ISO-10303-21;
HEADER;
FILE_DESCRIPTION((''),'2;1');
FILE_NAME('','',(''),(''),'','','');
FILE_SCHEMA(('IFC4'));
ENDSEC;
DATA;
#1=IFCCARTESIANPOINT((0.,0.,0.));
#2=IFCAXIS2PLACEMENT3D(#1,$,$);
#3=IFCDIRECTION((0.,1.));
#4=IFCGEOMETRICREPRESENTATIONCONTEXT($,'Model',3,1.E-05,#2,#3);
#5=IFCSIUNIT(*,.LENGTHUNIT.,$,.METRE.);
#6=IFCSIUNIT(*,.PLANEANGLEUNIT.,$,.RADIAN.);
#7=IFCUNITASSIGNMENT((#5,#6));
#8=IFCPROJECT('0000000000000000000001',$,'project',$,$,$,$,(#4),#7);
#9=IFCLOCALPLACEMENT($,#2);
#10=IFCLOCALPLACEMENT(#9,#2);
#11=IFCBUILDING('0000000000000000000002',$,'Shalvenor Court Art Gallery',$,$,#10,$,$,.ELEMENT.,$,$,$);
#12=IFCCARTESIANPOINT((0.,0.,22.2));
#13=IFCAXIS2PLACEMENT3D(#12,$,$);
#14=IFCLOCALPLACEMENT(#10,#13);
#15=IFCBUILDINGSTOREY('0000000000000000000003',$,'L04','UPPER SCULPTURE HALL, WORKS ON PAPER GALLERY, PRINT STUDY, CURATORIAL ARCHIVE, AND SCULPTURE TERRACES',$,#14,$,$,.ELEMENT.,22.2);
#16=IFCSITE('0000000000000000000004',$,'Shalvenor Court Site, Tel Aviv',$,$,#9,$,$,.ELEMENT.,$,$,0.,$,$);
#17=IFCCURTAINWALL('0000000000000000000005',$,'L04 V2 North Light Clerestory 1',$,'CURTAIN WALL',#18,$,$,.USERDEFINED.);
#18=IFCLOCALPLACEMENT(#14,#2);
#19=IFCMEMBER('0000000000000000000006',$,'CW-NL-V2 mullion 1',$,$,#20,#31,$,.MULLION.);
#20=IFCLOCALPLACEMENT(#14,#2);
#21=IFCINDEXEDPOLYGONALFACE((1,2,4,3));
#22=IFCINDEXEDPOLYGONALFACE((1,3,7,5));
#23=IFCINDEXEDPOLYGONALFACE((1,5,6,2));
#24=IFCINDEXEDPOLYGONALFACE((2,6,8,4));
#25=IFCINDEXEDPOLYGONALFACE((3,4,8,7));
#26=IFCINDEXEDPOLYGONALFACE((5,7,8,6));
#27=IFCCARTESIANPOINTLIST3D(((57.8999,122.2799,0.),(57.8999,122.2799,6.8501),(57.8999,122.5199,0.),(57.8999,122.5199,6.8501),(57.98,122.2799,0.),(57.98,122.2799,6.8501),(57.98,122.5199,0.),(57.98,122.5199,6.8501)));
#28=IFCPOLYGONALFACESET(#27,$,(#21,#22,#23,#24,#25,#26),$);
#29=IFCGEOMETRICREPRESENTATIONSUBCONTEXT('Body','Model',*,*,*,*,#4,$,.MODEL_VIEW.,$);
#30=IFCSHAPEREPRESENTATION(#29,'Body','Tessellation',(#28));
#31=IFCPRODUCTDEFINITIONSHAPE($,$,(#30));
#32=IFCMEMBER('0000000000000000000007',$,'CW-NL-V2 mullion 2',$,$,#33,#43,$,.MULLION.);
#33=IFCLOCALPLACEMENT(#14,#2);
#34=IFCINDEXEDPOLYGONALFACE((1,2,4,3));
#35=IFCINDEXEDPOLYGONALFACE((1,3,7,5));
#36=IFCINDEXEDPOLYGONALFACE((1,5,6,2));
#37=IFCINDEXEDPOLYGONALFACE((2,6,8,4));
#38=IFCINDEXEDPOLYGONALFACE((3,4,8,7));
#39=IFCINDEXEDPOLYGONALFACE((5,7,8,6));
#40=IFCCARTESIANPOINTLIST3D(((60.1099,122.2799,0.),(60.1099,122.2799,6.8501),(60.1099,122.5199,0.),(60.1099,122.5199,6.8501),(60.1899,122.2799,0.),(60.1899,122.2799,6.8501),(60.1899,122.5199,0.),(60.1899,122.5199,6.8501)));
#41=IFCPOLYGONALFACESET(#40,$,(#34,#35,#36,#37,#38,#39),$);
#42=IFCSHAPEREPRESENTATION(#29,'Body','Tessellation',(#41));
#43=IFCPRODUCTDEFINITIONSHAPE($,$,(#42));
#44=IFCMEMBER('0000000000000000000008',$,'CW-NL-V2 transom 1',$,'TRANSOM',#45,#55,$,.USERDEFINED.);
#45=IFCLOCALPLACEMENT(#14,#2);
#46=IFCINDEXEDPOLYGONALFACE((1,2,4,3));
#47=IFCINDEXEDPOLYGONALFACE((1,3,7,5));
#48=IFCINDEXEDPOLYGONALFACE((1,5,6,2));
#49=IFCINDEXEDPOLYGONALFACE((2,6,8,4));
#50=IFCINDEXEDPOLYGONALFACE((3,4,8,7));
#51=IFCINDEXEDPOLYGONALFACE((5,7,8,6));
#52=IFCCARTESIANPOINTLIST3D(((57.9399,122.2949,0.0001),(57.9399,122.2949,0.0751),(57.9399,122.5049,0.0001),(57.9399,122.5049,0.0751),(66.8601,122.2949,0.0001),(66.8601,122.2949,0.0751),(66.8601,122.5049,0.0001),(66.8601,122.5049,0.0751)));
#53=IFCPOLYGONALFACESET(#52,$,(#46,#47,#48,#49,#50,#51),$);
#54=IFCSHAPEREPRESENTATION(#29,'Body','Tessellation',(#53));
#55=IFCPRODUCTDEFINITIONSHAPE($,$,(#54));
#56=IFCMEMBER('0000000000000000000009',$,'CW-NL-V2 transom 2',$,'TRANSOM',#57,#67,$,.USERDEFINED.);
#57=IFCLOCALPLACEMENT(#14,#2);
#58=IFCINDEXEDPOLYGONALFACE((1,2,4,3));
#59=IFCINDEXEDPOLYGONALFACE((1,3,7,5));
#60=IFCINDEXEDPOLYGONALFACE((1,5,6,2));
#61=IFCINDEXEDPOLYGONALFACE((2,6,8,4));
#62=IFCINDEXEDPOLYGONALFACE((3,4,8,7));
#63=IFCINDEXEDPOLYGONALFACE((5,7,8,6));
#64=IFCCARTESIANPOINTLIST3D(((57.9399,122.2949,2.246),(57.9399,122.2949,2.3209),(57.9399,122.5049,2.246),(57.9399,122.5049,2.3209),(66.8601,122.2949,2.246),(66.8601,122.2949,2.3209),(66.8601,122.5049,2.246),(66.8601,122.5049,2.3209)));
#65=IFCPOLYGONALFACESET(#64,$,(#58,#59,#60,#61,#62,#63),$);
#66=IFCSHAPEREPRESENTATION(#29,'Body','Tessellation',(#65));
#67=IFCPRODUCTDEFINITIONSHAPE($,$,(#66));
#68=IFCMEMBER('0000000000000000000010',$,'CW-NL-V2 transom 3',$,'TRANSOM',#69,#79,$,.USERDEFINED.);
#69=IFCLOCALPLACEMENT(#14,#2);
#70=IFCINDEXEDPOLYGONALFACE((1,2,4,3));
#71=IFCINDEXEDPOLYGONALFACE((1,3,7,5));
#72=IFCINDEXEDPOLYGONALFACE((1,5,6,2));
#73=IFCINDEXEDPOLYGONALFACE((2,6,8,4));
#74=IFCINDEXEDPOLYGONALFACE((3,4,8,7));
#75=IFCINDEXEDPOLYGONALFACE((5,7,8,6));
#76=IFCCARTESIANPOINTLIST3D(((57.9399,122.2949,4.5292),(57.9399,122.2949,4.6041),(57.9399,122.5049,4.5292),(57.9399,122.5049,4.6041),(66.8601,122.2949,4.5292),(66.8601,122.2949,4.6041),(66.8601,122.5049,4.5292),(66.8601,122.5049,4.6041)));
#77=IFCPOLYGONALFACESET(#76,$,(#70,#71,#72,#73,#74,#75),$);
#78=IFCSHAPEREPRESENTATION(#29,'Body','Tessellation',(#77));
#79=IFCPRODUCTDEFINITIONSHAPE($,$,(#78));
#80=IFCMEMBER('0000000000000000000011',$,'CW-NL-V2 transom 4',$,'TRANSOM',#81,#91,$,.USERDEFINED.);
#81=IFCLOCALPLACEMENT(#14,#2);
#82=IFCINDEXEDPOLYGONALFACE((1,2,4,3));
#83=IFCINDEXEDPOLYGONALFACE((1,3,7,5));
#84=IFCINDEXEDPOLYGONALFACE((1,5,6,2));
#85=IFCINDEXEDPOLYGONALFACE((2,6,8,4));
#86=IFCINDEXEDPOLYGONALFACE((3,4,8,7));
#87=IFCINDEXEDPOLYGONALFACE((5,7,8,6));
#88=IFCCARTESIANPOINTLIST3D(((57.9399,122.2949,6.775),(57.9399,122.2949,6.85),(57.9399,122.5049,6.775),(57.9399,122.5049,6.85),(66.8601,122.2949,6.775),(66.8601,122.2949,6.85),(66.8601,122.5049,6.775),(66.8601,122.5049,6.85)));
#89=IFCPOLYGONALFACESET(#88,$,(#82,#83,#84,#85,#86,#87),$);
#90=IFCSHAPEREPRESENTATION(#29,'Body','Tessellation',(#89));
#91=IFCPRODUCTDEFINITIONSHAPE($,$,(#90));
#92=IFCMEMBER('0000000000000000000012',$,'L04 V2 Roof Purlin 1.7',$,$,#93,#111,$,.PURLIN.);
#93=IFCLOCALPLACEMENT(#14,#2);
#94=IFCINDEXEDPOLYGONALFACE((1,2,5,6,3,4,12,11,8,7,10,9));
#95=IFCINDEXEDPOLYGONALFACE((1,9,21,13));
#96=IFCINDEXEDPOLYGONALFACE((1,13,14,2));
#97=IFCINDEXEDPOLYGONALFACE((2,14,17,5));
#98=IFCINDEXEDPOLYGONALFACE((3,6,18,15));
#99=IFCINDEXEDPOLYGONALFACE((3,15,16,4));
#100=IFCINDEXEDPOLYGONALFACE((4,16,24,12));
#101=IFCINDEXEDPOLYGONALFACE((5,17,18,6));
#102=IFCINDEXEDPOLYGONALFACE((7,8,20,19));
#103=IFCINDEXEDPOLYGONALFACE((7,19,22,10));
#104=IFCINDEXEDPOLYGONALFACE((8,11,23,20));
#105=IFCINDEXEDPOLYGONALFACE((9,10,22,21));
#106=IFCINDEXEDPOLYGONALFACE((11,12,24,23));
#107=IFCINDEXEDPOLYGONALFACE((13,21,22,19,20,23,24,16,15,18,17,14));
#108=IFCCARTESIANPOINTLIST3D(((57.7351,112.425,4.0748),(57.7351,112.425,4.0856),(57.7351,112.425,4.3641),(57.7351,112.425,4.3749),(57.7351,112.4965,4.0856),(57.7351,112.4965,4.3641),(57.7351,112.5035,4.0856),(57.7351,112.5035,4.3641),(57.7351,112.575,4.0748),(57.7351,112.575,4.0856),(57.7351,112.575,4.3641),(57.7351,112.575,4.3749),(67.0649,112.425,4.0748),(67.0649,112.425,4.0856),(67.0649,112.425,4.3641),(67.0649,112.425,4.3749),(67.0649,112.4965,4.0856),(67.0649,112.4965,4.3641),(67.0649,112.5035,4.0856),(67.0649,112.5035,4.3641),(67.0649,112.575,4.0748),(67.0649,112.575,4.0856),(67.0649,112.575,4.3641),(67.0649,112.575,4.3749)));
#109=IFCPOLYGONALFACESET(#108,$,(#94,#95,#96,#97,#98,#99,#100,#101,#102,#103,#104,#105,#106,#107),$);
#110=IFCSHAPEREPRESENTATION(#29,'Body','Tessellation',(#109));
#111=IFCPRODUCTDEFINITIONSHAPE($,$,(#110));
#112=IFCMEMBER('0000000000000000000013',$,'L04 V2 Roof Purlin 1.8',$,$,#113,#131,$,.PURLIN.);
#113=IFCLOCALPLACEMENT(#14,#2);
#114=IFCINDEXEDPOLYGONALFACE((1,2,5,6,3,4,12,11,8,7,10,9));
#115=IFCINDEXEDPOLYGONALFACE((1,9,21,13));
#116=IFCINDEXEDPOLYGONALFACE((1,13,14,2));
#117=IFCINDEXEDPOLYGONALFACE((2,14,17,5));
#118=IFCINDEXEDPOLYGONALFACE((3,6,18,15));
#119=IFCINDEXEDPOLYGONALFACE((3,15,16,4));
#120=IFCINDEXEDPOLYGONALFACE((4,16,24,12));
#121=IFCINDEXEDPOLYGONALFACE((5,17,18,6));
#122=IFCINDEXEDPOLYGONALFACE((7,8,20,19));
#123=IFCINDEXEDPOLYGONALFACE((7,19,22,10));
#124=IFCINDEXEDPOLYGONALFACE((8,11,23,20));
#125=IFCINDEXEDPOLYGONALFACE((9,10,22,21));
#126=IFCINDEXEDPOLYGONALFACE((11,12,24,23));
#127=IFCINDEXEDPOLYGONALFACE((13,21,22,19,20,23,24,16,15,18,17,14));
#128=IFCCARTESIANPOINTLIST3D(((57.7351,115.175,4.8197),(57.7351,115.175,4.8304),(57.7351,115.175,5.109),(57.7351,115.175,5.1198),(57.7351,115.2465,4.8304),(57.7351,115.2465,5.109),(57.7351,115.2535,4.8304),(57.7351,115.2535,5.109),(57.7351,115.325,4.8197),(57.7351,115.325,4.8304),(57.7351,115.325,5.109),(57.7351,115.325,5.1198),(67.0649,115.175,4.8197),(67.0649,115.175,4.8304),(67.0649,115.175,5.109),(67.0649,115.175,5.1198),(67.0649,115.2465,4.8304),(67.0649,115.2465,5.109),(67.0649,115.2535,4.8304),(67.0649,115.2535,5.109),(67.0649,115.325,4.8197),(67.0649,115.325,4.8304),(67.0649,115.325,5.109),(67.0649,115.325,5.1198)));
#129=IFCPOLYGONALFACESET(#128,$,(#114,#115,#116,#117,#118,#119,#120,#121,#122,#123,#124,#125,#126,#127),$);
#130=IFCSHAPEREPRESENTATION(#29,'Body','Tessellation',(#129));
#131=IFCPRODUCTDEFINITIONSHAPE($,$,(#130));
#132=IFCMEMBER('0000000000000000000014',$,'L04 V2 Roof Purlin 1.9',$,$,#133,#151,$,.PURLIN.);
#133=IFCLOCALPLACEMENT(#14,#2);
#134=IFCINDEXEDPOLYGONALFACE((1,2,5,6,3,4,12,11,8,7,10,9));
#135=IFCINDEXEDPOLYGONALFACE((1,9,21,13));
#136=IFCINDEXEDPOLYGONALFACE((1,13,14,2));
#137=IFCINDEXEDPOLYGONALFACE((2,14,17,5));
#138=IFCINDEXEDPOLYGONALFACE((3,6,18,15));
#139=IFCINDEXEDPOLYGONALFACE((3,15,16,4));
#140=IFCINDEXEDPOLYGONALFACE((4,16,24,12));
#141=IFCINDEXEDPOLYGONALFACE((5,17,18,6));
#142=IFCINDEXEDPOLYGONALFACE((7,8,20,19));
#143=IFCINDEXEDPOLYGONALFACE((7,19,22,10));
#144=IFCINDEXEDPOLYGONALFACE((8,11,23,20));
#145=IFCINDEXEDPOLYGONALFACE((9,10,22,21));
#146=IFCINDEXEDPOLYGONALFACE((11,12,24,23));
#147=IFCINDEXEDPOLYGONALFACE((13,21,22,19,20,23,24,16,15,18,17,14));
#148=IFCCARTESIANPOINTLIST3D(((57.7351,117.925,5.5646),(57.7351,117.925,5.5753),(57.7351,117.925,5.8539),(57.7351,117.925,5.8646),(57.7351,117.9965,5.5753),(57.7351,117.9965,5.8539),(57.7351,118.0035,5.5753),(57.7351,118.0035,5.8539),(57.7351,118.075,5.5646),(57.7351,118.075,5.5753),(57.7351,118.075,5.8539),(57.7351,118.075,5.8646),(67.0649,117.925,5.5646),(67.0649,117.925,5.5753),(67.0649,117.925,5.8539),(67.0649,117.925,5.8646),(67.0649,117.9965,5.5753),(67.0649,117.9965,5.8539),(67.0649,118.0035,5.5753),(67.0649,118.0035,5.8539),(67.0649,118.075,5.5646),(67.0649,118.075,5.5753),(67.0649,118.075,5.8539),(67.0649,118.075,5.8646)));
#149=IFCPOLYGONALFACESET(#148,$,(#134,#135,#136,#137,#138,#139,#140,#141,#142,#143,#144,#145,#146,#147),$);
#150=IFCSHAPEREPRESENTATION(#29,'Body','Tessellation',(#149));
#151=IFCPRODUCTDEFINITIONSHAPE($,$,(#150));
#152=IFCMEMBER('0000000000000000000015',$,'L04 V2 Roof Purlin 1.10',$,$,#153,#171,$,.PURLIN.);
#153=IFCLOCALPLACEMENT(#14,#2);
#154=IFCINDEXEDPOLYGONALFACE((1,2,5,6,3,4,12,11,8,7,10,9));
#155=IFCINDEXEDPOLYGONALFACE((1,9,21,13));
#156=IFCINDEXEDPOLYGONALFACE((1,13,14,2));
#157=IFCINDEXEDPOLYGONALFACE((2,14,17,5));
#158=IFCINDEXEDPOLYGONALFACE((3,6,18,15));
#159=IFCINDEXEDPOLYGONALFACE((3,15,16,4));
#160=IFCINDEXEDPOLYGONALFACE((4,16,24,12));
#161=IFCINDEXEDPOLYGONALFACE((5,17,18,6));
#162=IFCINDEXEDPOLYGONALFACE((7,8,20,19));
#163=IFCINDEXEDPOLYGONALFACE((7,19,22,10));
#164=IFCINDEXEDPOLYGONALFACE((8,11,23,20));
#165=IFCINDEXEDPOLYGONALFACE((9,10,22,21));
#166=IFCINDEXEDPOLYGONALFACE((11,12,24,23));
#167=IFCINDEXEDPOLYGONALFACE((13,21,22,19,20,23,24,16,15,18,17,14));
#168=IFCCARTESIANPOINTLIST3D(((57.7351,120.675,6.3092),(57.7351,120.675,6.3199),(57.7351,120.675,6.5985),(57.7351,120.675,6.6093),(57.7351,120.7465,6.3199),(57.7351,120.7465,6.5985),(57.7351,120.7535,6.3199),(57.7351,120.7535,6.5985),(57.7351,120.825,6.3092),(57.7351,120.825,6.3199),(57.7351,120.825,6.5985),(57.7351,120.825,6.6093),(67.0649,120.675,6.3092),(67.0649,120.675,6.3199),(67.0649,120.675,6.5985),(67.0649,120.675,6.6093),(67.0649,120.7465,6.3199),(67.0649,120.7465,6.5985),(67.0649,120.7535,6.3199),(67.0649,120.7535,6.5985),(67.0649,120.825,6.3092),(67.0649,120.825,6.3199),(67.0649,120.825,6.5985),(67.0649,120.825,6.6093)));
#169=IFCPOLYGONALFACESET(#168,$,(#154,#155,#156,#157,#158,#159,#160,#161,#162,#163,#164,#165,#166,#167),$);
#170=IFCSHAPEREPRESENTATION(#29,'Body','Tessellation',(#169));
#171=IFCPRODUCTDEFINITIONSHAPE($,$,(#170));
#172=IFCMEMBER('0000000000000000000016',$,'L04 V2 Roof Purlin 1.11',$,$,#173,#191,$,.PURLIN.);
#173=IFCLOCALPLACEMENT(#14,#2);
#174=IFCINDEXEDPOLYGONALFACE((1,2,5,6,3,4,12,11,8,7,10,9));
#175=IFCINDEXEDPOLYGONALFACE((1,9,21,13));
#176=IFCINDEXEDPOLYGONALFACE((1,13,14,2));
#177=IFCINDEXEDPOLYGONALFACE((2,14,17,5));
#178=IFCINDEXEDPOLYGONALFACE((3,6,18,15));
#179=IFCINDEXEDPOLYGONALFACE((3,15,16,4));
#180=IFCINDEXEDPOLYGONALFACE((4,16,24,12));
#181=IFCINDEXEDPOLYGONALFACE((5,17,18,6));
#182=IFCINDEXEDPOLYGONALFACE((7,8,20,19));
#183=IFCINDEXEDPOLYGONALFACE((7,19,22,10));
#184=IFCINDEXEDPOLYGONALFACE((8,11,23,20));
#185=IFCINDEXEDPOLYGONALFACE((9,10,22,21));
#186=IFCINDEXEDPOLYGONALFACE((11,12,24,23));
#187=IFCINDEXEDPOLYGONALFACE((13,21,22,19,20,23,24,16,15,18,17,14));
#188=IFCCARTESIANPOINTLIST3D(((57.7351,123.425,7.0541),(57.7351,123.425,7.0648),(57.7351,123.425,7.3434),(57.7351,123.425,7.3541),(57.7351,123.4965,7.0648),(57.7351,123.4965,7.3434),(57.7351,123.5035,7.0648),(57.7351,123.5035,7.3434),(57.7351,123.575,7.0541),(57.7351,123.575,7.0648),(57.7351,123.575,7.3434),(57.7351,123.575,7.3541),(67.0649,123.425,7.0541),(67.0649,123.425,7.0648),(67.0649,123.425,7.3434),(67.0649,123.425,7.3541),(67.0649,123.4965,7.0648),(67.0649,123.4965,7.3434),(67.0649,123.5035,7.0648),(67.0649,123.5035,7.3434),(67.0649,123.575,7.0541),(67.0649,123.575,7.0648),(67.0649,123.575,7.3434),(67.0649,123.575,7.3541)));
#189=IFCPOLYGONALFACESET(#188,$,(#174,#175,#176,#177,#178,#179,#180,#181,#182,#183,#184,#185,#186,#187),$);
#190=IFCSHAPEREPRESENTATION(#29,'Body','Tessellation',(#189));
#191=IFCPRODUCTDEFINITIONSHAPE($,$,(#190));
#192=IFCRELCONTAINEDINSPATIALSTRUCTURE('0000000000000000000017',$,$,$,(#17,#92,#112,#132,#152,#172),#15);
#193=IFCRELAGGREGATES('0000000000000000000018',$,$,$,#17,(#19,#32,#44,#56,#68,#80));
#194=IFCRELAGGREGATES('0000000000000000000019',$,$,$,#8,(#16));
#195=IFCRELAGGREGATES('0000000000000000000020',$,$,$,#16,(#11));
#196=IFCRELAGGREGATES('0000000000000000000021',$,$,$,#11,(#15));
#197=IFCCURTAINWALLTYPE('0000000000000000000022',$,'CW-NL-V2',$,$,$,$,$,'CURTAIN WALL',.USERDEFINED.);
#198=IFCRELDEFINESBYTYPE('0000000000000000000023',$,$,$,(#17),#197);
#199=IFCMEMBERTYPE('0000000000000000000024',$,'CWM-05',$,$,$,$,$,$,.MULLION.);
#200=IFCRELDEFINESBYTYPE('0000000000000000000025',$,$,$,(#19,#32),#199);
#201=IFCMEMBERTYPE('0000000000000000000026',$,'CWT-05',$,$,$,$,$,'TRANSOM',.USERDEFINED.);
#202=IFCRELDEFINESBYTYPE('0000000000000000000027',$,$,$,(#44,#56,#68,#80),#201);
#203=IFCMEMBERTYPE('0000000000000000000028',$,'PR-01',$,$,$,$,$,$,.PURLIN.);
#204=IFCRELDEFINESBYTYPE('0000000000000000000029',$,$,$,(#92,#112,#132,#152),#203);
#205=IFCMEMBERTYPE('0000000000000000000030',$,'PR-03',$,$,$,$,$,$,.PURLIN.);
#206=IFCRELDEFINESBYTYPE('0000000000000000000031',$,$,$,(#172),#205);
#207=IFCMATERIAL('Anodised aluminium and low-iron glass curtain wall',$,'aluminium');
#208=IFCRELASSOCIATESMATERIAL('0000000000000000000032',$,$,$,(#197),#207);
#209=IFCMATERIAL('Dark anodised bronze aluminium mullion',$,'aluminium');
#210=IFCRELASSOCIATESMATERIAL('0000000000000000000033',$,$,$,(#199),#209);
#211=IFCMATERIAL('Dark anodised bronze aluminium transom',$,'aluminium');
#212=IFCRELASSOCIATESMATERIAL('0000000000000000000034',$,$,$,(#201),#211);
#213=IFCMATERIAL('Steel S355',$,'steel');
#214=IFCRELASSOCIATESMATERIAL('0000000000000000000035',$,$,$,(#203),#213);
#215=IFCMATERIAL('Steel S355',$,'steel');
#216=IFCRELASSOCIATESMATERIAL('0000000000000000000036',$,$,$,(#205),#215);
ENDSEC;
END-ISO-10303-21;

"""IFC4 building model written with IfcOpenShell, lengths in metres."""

from ifc_helpers import new_model, si_unit, direction, frame, origin, origin_2d, place, context, subcontext, project, spatial, rectangle, i_section, extrude, material, material_profile, profile_set, type_object, element, aggregate, save


model = new_model("IFC4")

# Units and contexts
model_context = context("Model", 3, precision=1e-05, world=origin(), true_north=direction((0.0, 1.0)))
body_context = subcontext(model_context, "Body", "Model", "MODEL_VIEW")
ifc_project = project(units=[si_unit("LENGTHUNIT", "METRE"), si_unit("PLANEANGLEUNIT", "RADIAN")], contexts=[model_context])

# Site, building, storey
site_placement = place(None, origin())
site = spatial("IfcSite", under=ifc_project, at=site_placement, Name="Shalvenor Court Site, Tel Aviv", CompositionType="ELEMENT", RefElevation=0.0)
building_placement = place(site_placement, origin())
building = spatial("IfcBuilding", under=site, at=building_placement, Name="Shalvenor Court Art Gallery", CompositionType="ELEMENT")
storey_placement = place(building_placement, frame((0.0, 0.0, 22.2)))
storey = spatial("IfcBuildingStorey", under=building, at=storey_placement, Name="L04", Description="UPPER SCULPTURE HALL, WORKS ON PAPER GALLERY, PRINT STUDY, CURATORIAL ARCHIVE, AND SCULPTURE TERRACES", CompositionType="ELEMENT", Elevation=22.2)

# Curtain wall, members
ifc_material_1 = material(Name="Anodised aluminium and low-iron glass curtain wall", Category="aluminium")
curtain_wall_type = type_object("IfcCurtainWallType", Name="CW-NL-V2", ElementType="CURTAIN WALL", PredefinedType="USERDEFINED", material=ifc_material_1)
curtain_wall_placement = place(storey_placement, origin())
curtain_wall = element("IfcCurtainWall", 1, at=curtain_wall_placement, inside=storey, type_object=curtain_wall_type, Name="L04 V2 North Light Clerestory 1", ObjectType="CURTAIN WALL", PredefinedType="USERDEFINED")
ifc_material_2 = material(Name="Dark anodised bronze aluminium mullion", Category="aluminium")
ifc_material_profile_1 = material_profile(ifc_material_2, rectangle(XDim=0.0801, YDim=0.24, at=origin_2d()), Name="CWM-05")
ifc_profile_set_1 = profile_set([ifc_material_profile_1], Name="Dark anodised bronze aluminium mullion")
member_type_1 = type_object("IfcMemberType", Name="CWM-05", PredefinedType="MULLION", material=ifc_profile_set_1)
member_1_placement = place(storey_placement, frame((57.9399, 122.3999, 0.0), z_axis=(0.0, 0.0, 1.0), x_axis=(1.0, 0.0, 0.0)))
member_1 = element("IfcMember", 2, at=member_1_placement, type_object=member_type_1, Name="CW-NL-V2 mullion 1", PredefinedType="MULLION", context=body_context, shape_type="SweptSolid", body=[
    extrude(rectangle(XDim=0.0801, YDim=0.24, at=origin_2d()), origin(), (0.0, 0.0, 1.0), 6.8501),
])
member_2_placement = place(storey_placement, frame((60.1499, 122.3999, 0.0), z_axis=(0.0, 0.0, 1.0), x_axis=(1.0, 0.0, 0.0)))
member_2 = element("IfcMember", 3, at=member_2_placement, type_object=member_type_1, Name="CW-NL-V2 mullion 2", PredefinedType="MULLION", context=body_context, shape_type="SweptSolid", body=[
    extrude(rectangle(XDim=0.0801, YDim=0.24, at=origin_2d()), origin(), (0.0, 0.0, 1.0), 6.8501),
])
ifc_material_3 = material(Name="Dark anodised bronze aluminium transom", Category="aluminium")
ifc_material_profile_2 = material_profile(ifc_material_3, rectangle(XDim=0.21, YDim=0.075, at=origin_2d()), Name="CWT-05")
ifc_profile_set_2 = profile_set([ifc_material_profile_2], Name="Dark anodised bronze aluminium transom")
member_type_2 = type_object("IfcMemberType", Name="CWT-05", ElementType="TRANSOM", PredefinedType="USERDEFINED", material=ifc_profile_set_2)
member_3_placement = place(storey_placement, frame((57.9399, 122.3999, 0.0376), z_axis=(1.0, 0.0, 0.0), x_axis=(0.0, 1.0, 0.0)))
member_3 = element("IfcMember", 4, at=member_3_placement, type_object=member_type_2, Name="CW-NL-V2 transom 1", ObjectType="TRANSOM", PredefinedType="USERDEFINED", context=body_context, shape_type="SweptSolid", body=[
    extrude(rectangle(XDim=0.21, YDim=0.075, at=origin_2d()), origin(), (0.0, 0.0, 1.0), 8.9202),
])
member_4_placement = place(storey_placement, frame((57.9399, 122.3999, 2.2834), z_axis=(1.0, 0.0, 0.0), x_axis=(0.0, 1.0, 0.0)))
member_4 = element("IfcMember", 5, at=member_4_placement, type_object=member_type_2, Name="CW-NL-V2 transom 2", ObjectType="TRANSOM", PredefinedType="USERDEFINED", context=body_context, shape_type="SweptSolid", body=[
    extrude(rectangle(XDim=0.21, YDim=0.075, at=origin_2d()), origin(), (0.0, 0.0, 1.0), 8.9202),
])
member_5_placement = place(storey_placement, frame((57.9399, 122.3999, 4.5667), z_axis=(1.0, 0.0, 0.0), x_axis=(0.0, 1.0, 0.0)))
member_5 = element("IfcMember", 6, at=member_5_placement, type_object=member_type_2, Name="CW-NL-V2 transom 3", ObjectType="TRANSOM", PredefinedType="USERDEFINED", context=body_context, shape_type="SweptSolid", body=[
    extrude(rectangle(XDim=0.21, YDim=0.075, at=origin_2d()), origin(), (0.0, 0.0, 1.0), 8.9202),
])
member_6_placement = place(storey_placement, frame((57.9399, 122.3999, 6.8125), z_axis=(1.0, 0.0, 0.0), x_axis=(0.0, 1.0, 0.0)))
member_6 = element("IfcMember", 7, at=member_6_placement, type_object=member_type_2, Name="CW-NL-V2 transom 4", ObjectType="TRANSOM", PredefinedType="USERDEFINED", context=body_context, shape_type="SweptSolid", body=[
    extrude(rectangle(XDim=0.21, YDim=0.075, at=origin_2d()), origin(), (0.0, 0.0, 1.0), 8.9202),
])

# Members
ifc_material_4 = material(Name="Steel S355", Category="steel")
ifc_material_profile_3 = material_profile(ifc_material_4, i_section(OverallWidth=0.1499, OverallDepth=0.3, WebThickness=0.0071, FlangeThickness=0.0107, at=origin_2d()), Name="IPE 300")
ifc_profile_set_3 = profile_set([ifc_material_profile_3], Name="Steel S355")
member_type_3 = type_object("IfcMemberType", Name="PR-01", PredefinedType="PURLIN", material=ifc_profile_set_3)
for number, where, z_axis, x_axis, name in (
    (8, (57.7351, 112.5, 4.2249), (1.0, 0.0, 0.0), (0.0, 1.0, 0.0), "L04 V2 Roof Purlin 1.7"),
    (9, (57.7351, 115.25, 4.9697), (1.0, 0.0, 0.0), (0.0, 1.0, 0.0), "L04 V2 Roof Purlin 1.8"),
    (10, (57.7351, 118.0, 5.7146), (1.0, 0.0, 0.0), (0.0, 1.0, 0.0), "L04 V2 Roof Purlin 1.9"),
    (11, (57.7351, 120.75, 6.4592), (1.0, 0.0, 0.0), (0.0, 1.0, 0.0), "L04 V2 Roof Purlin 1.10"),
):
    element("IfcMember", number, at=place(storey_placement, frame(where, z_axis=z_axis, x_axis=x_axis)), inside=storey, type_object=member_type_3, Name=name, PredefinedType="PURLIN", context=body_context, shape_type="SweptSolid", body=[
        extrude(i_section(OverallWidth=0.1499, OverallDepth=0.3, WebThickness=0.0071, FlangeThickness=0.0107, at=origin_2d()), origin(), (0.0, 0.0, 1.0), 9.3298),
    ])
ifc_material_5 = material(Name="Steel S355", Category="steel")
ifc_material_profile_4 = material_profile(ifc_material_5, i_section(OverallWidth=0.1499, OverallDepth=0.3, WebThickness=0.0071, FlangeThickness=0.0107, at=origin_2d()), Name="IPE 300")
ifc_profile_set_4 = profile_set([ifc_material_profile_4], Name="Steel S355")
member_type_4 = type_object("IfcMemberType", Name="PR-03", PredefinedType="PURLIN", material=ifc_profile_set_4)
member_7_placement = place(storey_placement, frame((57.7351, 123.5, 7.2041), z_axis=(1.0, 0.0, 0.0), x_axis=(0.0, 1.0, 0.0)))
element("IfcMember", 12, at=member_7_placement, inside=storey, type_object=member_type_4, Name="L04 V2 Roof Purlin 1.11", PredefinedType="PURLIN", context=body_context, shape_type="SweptSolid", body=[
    extrude(i_section(OverallWidth=0.1499, OverallDepth=0.3, WebThickness=0.0071, FlangeThickness=0.0107, at=origin_2d()), origin(), (0.0, 0.0, 1.0), 9.3298),
])

aggregate(curtain_wall, [member_1, member_2, member_3, member_4, member_5, member_6])

save(model, "model.ifc")
